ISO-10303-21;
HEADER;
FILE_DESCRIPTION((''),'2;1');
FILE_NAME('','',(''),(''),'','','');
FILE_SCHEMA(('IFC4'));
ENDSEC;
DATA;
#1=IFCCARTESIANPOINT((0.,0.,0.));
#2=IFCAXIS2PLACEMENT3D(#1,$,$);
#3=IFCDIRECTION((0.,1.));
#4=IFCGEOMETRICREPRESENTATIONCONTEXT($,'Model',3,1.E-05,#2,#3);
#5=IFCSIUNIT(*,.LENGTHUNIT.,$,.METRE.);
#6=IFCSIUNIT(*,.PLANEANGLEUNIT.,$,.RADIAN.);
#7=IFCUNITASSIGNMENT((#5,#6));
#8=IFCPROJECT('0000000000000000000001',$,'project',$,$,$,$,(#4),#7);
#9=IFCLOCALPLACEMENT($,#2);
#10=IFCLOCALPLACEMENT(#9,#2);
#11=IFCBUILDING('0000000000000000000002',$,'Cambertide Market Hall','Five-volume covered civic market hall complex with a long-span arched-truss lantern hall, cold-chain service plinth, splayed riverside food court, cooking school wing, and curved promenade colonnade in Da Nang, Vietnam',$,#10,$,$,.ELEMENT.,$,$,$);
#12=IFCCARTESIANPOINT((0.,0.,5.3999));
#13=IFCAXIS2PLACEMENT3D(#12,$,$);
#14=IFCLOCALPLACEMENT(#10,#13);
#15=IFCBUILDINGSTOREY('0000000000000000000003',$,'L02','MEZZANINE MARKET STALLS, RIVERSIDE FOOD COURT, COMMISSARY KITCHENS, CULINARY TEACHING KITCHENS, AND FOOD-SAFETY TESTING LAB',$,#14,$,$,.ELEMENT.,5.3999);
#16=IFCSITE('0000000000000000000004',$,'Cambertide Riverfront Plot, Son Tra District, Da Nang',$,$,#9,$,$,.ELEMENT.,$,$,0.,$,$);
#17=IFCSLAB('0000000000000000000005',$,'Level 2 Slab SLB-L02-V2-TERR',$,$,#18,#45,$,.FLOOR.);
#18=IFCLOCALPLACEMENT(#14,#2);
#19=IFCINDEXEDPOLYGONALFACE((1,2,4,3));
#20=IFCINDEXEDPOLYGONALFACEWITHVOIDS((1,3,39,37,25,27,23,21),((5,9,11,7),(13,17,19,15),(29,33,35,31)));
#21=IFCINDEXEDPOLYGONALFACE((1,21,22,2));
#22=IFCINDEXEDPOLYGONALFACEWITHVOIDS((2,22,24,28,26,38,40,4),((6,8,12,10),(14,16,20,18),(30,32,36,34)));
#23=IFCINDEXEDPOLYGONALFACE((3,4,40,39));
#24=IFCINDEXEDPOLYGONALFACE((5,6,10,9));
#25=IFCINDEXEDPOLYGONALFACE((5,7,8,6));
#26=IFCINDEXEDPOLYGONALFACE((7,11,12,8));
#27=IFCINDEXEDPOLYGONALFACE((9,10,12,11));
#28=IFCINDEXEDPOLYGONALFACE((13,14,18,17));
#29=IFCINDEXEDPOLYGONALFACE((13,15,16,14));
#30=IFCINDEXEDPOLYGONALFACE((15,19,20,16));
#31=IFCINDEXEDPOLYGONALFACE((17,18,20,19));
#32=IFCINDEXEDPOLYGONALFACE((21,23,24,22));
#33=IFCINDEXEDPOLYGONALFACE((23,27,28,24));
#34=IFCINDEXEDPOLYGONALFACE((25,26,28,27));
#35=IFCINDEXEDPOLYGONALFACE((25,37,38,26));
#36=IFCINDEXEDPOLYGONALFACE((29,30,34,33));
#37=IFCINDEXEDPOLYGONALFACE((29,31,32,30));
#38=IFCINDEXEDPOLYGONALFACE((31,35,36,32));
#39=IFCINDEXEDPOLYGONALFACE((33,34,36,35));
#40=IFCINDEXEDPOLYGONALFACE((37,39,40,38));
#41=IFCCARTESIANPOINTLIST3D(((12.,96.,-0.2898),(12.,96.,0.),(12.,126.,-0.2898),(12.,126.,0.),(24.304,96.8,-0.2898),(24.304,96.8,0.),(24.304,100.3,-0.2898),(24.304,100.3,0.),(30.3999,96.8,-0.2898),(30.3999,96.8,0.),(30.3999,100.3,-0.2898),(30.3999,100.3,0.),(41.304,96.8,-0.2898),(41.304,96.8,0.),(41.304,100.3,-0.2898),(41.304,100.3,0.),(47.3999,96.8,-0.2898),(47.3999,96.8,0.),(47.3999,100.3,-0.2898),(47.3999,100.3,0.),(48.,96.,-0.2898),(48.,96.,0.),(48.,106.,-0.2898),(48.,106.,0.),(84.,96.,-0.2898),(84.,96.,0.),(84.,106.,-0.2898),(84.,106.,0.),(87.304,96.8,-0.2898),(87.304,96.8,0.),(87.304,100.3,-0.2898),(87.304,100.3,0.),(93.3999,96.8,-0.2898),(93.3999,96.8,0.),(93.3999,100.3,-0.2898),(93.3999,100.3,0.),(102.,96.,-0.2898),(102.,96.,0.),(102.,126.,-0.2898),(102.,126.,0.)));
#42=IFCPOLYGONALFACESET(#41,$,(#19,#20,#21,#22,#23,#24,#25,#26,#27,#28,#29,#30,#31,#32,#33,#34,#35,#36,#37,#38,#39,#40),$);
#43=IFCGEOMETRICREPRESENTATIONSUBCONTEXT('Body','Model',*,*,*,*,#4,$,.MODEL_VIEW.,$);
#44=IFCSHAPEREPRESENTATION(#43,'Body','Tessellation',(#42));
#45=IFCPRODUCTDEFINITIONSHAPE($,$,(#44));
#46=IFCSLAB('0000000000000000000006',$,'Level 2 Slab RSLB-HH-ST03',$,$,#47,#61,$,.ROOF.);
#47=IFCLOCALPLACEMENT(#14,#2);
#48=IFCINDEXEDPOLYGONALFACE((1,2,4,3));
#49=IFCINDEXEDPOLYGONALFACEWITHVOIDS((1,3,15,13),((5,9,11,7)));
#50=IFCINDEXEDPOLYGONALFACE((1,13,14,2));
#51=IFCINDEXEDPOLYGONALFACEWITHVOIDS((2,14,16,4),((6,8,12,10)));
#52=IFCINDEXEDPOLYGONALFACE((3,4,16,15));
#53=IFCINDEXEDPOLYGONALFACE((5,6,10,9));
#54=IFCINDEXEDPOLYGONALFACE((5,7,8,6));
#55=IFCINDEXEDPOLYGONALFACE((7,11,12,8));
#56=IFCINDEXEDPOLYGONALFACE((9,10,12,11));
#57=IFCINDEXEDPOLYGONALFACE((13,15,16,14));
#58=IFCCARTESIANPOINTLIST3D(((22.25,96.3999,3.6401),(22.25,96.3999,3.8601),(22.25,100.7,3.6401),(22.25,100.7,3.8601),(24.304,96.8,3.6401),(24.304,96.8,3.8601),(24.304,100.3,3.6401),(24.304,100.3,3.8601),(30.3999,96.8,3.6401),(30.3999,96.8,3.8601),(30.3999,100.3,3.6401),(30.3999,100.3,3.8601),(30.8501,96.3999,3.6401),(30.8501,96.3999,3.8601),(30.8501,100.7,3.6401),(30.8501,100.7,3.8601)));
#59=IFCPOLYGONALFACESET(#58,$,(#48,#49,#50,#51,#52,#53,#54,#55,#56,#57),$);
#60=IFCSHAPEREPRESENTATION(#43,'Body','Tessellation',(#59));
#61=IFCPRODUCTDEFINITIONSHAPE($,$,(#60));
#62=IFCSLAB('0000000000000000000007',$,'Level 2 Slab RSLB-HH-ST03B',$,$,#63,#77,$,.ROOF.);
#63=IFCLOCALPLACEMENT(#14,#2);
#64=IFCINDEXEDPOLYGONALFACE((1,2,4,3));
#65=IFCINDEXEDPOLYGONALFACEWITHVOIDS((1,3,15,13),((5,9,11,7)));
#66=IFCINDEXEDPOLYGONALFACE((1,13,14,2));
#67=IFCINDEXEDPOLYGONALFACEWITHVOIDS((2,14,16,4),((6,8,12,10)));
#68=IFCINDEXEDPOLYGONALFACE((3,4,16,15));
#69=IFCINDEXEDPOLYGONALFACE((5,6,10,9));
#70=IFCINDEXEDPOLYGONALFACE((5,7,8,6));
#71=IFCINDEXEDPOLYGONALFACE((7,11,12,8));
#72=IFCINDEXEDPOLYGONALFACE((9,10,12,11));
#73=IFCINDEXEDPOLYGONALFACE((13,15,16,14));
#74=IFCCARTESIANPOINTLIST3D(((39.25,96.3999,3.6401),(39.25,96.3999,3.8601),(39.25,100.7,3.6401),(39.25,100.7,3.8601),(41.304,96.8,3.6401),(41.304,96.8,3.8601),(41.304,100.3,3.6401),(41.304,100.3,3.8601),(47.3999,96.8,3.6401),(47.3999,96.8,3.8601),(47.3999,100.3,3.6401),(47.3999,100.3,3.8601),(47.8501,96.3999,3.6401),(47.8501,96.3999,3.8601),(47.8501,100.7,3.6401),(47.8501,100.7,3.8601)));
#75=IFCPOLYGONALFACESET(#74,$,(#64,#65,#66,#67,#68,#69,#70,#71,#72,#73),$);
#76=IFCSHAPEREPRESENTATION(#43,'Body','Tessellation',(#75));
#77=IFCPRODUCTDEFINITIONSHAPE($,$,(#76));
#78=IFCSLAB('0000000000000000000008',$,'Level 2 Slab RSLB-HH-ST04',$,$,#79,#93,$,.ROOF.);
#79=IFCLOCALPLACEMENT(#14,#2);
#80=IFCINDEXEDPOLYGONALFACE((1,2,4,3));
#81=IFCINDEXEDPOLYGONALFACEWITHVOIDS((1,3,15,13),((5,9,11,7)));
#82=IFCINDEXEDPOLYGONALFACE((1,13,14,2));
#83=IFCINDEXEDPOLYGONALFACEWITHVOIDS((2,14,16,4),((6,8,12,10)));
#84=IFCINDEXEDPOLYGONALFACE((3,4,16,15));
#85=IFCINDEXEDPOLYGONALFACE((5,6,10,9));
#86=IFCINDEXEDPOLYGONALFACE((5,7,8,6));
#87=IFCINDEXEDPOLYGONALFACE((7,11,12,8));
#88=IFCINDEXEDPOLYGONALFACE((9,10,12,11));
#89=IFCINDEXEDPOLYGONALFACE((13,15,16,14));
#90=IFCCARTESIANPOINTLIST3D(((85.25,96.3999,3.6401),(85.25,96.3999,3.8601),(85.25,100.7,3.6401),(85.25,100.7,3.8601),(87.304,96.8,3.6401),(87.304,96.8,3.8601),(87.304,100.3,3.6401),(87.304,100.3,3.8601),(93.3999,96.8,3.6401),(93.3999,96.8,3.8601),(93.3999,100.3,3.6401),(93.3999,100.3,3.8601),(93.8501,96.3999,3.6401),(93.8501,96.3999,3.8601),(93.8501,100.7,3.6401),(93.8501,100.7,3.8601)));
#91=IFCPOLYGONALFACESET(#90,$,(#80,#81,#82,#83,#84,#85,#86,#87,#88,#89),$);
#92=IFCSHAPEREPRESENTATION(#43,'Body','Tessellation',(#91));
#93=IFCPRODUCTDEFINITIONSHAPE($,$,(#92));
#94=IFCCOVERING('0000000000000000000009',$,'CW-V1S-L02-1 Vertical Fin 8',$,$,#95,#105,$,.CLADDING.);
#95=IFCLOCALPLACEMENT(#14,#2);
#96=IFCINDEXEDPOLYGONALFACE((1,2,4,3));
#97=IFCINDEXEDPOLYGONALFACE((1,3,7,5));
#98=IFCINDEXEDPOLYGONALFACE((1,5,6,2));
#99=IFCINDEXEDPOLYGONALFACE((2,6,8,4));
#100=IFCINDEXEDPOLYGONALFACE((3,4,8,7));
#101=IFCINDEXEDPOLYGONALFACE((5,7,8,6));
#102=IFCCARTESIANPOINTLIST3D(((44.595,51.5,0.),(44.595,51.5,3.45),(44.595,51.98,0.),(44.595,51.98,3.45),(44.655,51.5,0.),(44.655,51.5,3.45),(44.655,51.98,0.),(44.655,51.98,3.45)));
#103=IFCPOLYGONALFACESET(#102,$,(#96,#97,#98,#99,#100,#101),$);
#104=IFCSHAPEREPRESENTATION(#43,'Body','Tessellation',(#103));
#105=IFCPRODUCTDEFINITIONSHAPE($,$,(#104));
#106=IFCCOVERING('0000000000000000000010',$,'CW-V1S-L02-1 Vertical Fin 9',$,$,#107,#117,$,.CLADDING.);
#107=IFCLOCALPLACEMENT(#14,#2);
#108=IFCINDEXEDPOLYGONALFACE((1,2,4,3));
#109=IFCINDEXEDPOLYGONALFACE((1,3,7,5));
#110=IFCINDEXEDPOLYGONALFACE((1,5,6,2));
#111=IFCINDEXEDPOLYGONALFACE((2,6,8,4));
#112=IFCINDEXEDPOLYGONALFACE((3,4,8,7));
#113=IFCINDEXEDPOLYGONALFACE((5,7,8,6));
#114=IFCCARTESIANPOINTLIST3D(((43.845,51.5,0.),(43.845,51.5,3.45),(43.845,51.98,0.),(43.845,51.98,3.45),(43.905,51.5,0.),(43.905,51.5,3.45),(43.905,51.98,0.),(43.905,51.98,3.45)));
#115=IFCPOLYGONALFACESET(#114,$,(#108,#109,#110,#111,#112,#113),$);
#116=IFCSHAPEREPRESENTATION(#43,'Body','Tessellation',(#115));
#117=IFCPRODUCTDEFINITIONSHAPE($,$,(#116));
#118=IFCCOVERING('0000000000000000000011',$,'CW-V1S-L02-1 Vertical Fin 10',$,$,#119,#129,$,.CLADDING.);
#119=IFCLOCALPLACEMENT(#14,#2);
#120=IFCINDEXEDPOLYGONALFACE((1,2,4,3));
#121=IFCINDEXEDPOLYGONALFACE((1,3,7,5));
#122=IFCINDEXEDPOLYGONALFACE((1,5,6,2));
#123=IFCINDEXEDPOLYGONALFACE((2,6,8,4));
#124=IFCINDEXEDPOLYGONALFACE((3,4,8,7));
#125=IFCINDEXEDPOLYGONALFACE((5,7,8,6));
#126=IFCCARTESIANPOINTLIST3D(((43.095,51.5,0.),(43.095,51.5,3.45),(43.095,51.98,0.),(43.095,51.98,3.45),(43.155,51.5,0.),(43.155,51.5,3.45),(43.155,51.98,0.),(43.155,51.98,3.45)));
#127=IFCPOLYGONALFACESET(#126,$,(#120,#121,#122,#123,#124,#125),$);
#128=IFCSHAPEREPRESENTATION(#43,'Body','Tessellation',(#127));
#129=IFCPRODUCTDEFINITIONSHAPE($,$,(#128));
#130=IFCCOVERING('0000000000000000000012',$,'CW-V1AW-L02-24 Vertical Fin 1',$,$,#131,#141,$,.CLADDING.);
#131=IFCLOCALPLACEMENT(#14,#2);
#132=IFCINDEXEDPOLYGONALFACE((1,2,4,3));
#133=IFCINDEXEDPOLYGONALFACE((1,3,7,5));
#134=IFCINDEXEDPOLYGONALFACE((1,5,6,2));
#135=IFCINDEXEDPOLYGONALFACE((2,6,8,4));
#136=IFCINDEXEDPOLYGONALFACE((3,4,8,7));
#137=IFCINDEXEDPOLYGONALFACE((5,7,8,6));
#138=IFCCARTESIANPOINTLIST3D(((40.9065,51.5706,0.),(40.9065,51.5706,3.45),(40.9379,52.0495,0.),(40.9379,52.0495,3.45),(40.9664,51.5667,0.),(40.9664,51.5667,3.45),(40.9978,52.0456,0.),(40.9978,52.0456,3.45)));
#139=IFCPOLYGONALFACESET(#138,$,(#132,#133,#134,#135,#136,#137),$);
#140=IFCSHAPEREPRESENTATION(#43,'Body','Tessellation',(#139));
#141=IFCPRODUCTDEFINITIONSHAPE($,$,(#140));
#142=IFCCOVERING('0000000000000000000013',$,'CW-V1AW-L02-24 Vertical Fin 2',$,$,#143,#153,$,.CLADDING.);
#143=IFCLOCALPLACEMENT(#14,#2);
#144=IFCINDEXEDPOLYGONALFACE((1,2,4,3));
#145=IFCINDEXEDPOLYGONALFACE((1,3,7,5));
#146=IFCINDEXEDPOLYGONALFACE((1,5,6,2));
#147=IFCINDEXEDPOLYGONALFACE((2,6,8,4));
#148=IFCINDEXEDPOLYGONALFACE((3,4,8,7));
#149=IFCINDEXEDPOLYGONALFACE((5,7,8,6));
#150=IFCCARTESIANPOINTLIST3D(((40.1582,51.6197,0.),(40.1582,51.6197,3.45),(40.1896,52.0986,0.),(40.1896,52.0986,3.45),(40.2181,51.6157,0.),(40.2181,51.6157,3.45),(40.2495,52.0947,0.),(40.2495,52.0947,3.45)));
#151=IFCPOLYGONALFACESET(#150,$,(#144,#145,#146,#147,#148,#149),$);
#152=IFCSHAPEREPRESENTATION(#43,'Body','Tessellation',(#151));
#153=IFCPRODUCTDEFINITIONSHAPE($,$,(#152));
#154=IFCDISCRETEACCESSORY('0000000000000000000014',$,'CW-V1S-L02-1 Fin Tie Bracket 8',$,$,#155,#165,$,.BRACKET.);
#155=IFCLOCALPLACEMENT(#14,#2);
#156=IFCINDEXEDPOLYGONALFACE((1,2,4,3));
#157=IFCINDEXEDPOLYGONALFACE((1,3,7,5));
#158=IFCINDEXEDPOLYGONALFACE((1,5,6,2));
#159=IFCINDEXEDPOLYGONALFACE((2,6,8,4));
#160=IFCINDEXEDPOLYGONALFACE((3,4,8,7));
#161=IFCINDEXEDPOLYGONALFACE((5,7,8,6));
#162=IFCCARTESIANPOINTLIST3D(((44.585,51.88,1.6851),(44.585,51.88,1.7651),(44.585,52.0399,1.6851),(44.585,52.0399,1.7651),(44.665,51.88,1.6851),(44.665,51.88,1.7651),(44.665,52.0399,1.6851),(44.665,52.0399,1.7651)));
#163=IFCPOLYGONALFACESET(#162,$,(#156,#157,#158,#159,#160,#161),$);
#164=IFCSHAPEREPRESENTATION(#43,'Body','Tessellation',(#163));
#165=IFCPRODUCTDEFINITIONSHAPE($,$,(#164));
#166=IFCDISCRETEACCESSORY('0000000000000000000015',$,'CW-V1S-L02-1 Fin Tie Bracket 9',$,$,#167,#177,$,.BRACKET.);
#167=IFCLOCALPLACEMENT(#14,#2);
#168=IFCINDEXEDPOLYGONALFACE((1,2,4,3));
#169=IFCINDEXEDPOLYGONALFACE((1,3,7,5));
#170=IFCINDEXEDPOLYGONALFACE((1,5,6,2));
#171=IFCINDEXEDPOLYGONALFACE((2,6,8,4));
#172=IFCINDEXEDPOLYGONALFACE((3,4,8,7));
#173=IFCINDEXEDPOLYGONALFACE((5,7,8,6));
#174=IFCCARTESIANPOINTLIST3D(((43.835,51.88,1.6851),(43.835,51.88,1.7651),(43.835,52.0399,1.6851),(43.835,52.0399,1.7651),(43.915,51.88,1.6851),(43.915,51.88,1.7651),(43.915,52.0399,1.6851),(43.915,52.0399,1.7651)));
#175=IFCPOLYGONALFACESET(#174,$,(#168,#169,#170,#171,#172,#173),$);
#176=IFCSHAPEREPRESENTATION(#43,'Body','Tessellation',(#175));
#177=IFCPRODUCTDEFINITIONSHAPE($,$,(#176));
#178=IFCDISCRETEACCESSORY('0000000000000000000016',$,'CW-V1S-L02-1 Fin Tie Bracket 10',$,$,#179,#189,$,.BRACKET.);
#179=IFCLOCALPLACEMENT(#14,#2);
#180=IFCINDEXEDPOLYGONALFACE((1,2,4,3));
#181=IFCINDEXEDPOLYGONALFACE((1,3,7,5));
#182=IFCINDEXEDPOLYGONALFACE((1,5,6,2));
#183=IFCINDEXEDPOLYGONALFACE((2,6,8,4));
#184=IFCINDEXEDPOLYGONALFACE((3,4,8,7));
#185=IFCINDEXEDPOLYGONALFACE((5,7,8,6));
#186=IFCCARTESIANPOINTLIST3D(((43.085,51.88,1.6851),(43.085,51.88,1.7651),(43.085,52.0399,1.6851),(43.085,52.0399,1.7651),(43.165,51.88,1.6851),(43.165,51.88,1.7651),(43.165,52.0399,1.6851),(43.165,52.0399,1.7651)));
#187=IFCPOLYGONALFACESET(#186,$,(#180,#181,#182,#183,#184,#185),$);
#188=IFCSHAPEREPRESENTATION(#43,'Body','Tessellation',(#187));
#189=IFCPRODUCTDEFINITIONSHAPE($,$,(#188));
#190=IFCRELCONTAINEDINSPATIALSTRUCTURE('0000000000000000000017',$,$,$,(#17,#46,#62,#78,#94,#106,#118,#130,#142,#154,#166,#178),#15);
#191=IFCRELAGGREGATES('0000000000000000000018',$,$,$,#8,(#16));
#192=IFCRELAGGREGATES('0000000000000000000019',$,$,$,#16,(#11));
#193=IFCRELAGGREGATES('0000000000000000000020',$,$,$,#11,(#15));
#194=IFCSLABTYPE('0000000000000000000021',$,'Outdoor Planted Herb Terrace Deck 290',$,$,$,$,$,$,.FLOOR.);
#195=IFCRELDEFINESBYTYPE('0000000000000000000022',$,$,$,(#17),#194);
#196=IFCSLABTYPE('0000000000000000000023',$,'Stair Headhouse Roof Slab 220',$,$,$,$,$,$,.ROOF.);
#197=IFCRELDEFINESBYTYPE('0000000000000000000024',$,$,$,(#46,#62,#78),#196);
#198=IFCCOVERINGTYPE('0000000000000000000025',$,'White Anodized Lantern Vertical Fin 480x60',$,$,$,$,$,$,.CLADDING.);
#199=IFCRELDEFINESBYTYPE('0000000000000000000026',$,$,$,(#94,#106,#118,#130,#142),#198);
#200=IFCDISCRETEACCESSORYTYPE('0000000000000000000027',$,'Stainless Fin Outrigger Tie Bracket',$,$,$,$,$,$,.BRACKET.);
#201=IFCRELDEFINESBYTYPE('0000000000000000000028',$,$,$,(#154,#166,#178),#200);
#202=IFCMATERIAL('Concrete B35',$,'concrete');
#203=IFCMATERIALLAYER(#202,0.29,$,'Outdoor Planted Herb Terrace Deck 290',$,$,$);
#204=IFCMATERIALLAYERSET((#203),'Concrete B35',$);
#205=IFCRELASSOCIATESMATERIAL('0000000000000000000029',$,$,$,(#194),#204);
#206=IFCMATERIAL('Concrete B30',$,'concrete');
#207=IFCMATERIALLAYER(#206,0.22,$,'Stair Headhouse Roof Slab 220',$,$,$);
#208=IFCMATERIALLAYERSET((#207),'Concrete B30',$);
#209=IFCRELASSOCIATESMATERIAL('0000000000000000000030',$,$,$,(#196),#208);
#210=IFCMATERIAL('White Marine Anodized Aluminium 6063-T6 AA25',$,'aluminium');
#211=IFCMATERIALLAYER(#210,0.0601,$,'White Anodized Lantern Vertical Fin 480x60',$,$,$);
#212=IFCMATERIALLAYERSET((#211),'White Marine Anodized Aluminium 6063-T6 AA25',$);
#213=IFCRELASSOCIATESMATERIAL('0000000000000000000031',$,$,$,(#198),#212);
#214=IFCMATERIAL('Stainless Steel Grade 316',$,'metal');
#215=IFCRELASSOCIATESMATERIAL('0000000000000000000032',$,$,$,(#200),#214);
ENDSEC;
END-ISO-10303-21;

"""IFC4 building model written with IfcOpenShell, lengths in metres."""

from ifc_helpers import new_model, si_unit, direction, frame, origin, origin_2d, place, context, subcontext, project, spatial, polyline, rectangle, outline, extrude, material, layer, layer_set, type_object, element, save


model = new_model("IFC4")

# Units and contexts
model_context = context("Model", 3, precision=1e-05, world=origin(), true_north=direction((0.0, 1.0)))
body_context = subcontext(model_context, "Body", "Model", "MODEL_VIEW")
ifc_project = project(units=[si_unit("LENGTHUNIT", "METRE"), si_unit("PLANEANGLEUNIT", "RADIAN")], contexts=[model_context])

# Site, building, storey
site_placement = place(None, origin())
site = spatial("IfcSite", under=ifc_project, at=site_placement, Name="Cambertide Riverfront Plot, Son Tra District, Da Nang", CompositionType="ELEMENT", RefElevation=0.0)
building_placement = place(site_placement, origin())
building = spatial("IfcBuilding", under=site, at=building_placement, Name="Cambertide Market Hall", Description="Five-volume covered civic market hall complex with a long-span arched-truss lantern hall, cold-chain service plinth, splayed riverside food court, cooking school wing, and curved promenade colonnade in Da Nang, Vietnam", CompositionType="ELEMENT")
storey_placement = place(building_placement, frame((0.0, 0.0, 5.3999)))
storey = spatial("IfcBuildingStorey", under=building, at=storey_placement, Name="L02", Description="MEZZANINE MARKET STALLS, RIVERSIDE FOOD COURT, COMMISSARY KITCHENS, CULINARY TEACHING KITCHENS, AND FOOD-SAFETY TESTING LAB", CompositionType="ELEMENT", Elevation=5.3999)

# Slabs
ifc_material_1 = material(Name="Concrete B35", Category="concrete")
ifc_layer_1 = layer(ifc_material_1, 0.29, Name="Outdoor Planted Herb Terrace Deck 290")
ifc_layer_set_1 = layer_set([ifc_layer_1], Name="Concrete B35")
slab_type_1 = type_object("IfcSlabType", Name="Outdoor Planted Herb Terrace Deck 290", PredefinedType="FLOOR", material=ifc_layer_set_1)
slab_1_placement = place(storey_placement, frame((0.0, 0.0, -0.2898)))
element("IfcSlab", 1, at=slab_1_placement, inside=storey, type_object=slab_type_1, Name="Level 2 Slab SLB-L02-V2-TERR", PredefinedType="FLOOR", context=body_context, shape_type="SweptSolid", body=[
    extrude(outline(polyline([(12.0, 96.0), (48.0, 96.0), (48.0, 106.0), (84.0, 106.0), (84.0, 96.0), (102.0, 96.0), (102.0, 126.0), (12.0, 126.0), (12.0, 96.0)]), holes=[polyline([(24.304, 100.3), (30.3999, 100.3), (30.3999, 96.8), (24.304, 96.8), (24.304, 100.3)]), polyline([(41.304, 100.3), (47.3999, 100.3), (47.3999, 96.8), (41.304, 96.8), (41.304, 100.3)]), polyline([(87.304, 100.3), (93.3999, 100.3), (93.3999, 96.8), (87.304, 96.8), (87.304, 100.3)])]), origin(), (0.0, 0.0, 1.0), 0.2898),
])
ifc_material_2 = material(Name="Concrete B30", Category="concrete")
ifc_layer_2 = layer(ifc_material_2, 0.22, Name="Stair Headhouse Roof Slab 220")
ifc_layer_set_2 = layer_set([ifc_layer_2], Name="Concrete B30")
slab_type_2 = type_object("IfcSlabType", Name="Stair Headhouse Roof Slab 220", PredefinedType="ROOF", material=ifc_layer_set_2)
slab_2_placement = place(storey_placement, frame((0.0, 0.0, 3.6401)))
element("IfcSlab", 2, at=slab_2_placement, inside=storey, type_object=slab_type_2, Name="Level 2 Slab RSLB-HH-ST03", PredefinedType="ROOF", context=body_context, shape_type="SweptSolid", body=[
    extrude(outline(polyline([(22.25, 96.3999), (30.8501, 96.3999), (30.8501, 100.7), (22.25, 100.7), (22.25, 96.3999)]), holes=[polyline([(24.304, 100.3), (30.3999, 100.3), (30.3999, 96.8), (24.304, 96.8), (24.304, 100.3)])]), origin(), (0.0, 0.0, 1.0), 0.22),
])
slab_3_placement = place(storey_placement, frame((0.0, 0.0, 3.6401)))
element("IfcSlab", 3, at=slab_3_placement, inside=storey, type_object=slab_type_2, Name="Level 2 Slab RSLB-HH-ST03B", PredefinedType="ROOF", context=body_context, shape_type="SweptSolid", body=[
    extrude(outline(polyline([(39.25, 96.3999), (47.8501, 96.3999), (47.8501, 100.7), (39.25, 100.7), (39.25, 96.3999)]), holes=[polyline([(41.304, 100.3), (47.3999, 100.3), (47.3999, 96.8), (41.304, 96.8), (41.304, 100.3)])]), origin(), (0.0, 0.0, 1.0), 0.22),
])
slab_4_placement = place(storey_placement, frame((0.0, 0.0, 3.6401)))
element("IfcSlab", 4, at=slab_4_placement, inside=storey, type_object=slab_type_2, Name="Level 2 Slab RSLB-HH-ST04", PredefinedType="ROOF", context=body_context, shape_type="SweptSolid", body=[
    extrude(outline(polyline([(85.25, 96.3999), (93.8501, 96.3999), (93.8501, 100.7), (85.25, 100.7), (85.25, 96.3999)]), holes=[polyline([(87.304, 100.3), (93.3999, 100.3), (93.3999, 96.8), (87.304, 96.8), (87.304, 100.3)])]), origin(), (0.0, 0.0, 1.0), 0.22),
])

# Coverings
ifc_material_3 = material(Name="White Marine Anodized Aluminium 6063-T6 AA25", Category="aluminium")
ifc_layer_3 = layer(ifc_material_3, 0.0601, Name="White Anodized Lantern Vertical Fin 480x60")
ifc_layer_set_3 = layer_set([ifc_layer_3], Name="White Marine Anodized Aluminium 6063-T6 AA25")
covering_type = type_object("IfcCoveringType", Name="White Anodized Lantern Vertical Fin 480x60", PredefinedType="CLADDING", material=ifc_layer_set_3)
for number, where, z_axis, x_axis, name in (
    (5, (44.625, 51.74, 0.0), (0.0, 0.0, 1.0), (-1.0, 0.0, 0.0), "CW-V1S-L02-1 Vertical Fin 8"),
    (6, (43.875, 51.74, 0.0), (0.0, 0.0, 1.0), (-1.0, 0.0, 0.0), "CW-V1S-L02-1 Vertical Fin 9"),
    (7, (43.125, 51.74, 0.0), (0.0, 0.0, 1.0), (-1.0, 0.0, 0.0), "CW-V1S-L02-1 Vertical Fin 10"),
    (8, (40.9521, 51.8081, 0.0), (0.0, 0.0, 1.0), (-0.997859, 0.065403, 0.0), "CW-V1AW-L02-24 Vertical Fin 1"),
    (9, (40.2039, 51.8572, 0.0), (0.0, 0.0, 1.0), (-0.997859, 0.065403, 0.0), "CW-V1AW-L02-24 Vertical Fin 2"),
):
    element("IfcCovering", number, at=place(storey_placement, frame(where, z_axis=z_axis, x_axis=x_axis)), inside=storey, type_object=covering_type, Name=name, PredefinedType="CLADDING", context=body_context, shape_type="SweptSolid", body=[
        extrude(rectangle(XDim=0.0601, YDim=0.48, at=origin_2d()), origin(), (0.0, 0.0, 1.0), 3.45),
    ])

# Discrete accessories
ifc_material_4 = material(Name="Stainless Steel Grade 316", Category="metal")
discrete_accessory_type = type_object("IfcDiscreteAccessoryType", Name="Stainless Fin Outrigger Tie Bracket", PredefinedType="BRACKET", material=ifc_material_4)
for number, where, z_axis, x_axis, name in (
    (10, (44.625, 51.96, 1.6851), (0.0, 0.0, 1.0), (-1.0, 0.0, 0.0), "CW-V1S-L02-1 Fin Tie Bracket 8"),
    (11, (43.875, 51.96, 1.6851), (0.0, 0.0, 1.0), (-1.0, 0.0, 0.0), "CW-V1S-L02-1 Fin Tie Bracket 9"),
    (12, (43.125, 51.96, 1.6851), (0.0, 0.0, 1.0), (-1.0, 0.0, 0.0), "CW-V1S-L02-1 Fin Tie Bracket 10"),
):
    element("IfcDiscreteAccessory", number, at=place(storey_placement, frame(where, z_axis=z_axis, x_axis=x_axis)), inside=storey, type_object=discrete_accessory_type, Name=name, PredefinedType="BRACKET", context=body_context, shape_type="SweptSolid", body=[
        extrude(rectangle(XDim=0.0801, YDim=0.1599, at=origin_2d()), origin(), (0.0, 0.0, 1.0), 0.0801),
    ])

save(model, "model.ifc")
